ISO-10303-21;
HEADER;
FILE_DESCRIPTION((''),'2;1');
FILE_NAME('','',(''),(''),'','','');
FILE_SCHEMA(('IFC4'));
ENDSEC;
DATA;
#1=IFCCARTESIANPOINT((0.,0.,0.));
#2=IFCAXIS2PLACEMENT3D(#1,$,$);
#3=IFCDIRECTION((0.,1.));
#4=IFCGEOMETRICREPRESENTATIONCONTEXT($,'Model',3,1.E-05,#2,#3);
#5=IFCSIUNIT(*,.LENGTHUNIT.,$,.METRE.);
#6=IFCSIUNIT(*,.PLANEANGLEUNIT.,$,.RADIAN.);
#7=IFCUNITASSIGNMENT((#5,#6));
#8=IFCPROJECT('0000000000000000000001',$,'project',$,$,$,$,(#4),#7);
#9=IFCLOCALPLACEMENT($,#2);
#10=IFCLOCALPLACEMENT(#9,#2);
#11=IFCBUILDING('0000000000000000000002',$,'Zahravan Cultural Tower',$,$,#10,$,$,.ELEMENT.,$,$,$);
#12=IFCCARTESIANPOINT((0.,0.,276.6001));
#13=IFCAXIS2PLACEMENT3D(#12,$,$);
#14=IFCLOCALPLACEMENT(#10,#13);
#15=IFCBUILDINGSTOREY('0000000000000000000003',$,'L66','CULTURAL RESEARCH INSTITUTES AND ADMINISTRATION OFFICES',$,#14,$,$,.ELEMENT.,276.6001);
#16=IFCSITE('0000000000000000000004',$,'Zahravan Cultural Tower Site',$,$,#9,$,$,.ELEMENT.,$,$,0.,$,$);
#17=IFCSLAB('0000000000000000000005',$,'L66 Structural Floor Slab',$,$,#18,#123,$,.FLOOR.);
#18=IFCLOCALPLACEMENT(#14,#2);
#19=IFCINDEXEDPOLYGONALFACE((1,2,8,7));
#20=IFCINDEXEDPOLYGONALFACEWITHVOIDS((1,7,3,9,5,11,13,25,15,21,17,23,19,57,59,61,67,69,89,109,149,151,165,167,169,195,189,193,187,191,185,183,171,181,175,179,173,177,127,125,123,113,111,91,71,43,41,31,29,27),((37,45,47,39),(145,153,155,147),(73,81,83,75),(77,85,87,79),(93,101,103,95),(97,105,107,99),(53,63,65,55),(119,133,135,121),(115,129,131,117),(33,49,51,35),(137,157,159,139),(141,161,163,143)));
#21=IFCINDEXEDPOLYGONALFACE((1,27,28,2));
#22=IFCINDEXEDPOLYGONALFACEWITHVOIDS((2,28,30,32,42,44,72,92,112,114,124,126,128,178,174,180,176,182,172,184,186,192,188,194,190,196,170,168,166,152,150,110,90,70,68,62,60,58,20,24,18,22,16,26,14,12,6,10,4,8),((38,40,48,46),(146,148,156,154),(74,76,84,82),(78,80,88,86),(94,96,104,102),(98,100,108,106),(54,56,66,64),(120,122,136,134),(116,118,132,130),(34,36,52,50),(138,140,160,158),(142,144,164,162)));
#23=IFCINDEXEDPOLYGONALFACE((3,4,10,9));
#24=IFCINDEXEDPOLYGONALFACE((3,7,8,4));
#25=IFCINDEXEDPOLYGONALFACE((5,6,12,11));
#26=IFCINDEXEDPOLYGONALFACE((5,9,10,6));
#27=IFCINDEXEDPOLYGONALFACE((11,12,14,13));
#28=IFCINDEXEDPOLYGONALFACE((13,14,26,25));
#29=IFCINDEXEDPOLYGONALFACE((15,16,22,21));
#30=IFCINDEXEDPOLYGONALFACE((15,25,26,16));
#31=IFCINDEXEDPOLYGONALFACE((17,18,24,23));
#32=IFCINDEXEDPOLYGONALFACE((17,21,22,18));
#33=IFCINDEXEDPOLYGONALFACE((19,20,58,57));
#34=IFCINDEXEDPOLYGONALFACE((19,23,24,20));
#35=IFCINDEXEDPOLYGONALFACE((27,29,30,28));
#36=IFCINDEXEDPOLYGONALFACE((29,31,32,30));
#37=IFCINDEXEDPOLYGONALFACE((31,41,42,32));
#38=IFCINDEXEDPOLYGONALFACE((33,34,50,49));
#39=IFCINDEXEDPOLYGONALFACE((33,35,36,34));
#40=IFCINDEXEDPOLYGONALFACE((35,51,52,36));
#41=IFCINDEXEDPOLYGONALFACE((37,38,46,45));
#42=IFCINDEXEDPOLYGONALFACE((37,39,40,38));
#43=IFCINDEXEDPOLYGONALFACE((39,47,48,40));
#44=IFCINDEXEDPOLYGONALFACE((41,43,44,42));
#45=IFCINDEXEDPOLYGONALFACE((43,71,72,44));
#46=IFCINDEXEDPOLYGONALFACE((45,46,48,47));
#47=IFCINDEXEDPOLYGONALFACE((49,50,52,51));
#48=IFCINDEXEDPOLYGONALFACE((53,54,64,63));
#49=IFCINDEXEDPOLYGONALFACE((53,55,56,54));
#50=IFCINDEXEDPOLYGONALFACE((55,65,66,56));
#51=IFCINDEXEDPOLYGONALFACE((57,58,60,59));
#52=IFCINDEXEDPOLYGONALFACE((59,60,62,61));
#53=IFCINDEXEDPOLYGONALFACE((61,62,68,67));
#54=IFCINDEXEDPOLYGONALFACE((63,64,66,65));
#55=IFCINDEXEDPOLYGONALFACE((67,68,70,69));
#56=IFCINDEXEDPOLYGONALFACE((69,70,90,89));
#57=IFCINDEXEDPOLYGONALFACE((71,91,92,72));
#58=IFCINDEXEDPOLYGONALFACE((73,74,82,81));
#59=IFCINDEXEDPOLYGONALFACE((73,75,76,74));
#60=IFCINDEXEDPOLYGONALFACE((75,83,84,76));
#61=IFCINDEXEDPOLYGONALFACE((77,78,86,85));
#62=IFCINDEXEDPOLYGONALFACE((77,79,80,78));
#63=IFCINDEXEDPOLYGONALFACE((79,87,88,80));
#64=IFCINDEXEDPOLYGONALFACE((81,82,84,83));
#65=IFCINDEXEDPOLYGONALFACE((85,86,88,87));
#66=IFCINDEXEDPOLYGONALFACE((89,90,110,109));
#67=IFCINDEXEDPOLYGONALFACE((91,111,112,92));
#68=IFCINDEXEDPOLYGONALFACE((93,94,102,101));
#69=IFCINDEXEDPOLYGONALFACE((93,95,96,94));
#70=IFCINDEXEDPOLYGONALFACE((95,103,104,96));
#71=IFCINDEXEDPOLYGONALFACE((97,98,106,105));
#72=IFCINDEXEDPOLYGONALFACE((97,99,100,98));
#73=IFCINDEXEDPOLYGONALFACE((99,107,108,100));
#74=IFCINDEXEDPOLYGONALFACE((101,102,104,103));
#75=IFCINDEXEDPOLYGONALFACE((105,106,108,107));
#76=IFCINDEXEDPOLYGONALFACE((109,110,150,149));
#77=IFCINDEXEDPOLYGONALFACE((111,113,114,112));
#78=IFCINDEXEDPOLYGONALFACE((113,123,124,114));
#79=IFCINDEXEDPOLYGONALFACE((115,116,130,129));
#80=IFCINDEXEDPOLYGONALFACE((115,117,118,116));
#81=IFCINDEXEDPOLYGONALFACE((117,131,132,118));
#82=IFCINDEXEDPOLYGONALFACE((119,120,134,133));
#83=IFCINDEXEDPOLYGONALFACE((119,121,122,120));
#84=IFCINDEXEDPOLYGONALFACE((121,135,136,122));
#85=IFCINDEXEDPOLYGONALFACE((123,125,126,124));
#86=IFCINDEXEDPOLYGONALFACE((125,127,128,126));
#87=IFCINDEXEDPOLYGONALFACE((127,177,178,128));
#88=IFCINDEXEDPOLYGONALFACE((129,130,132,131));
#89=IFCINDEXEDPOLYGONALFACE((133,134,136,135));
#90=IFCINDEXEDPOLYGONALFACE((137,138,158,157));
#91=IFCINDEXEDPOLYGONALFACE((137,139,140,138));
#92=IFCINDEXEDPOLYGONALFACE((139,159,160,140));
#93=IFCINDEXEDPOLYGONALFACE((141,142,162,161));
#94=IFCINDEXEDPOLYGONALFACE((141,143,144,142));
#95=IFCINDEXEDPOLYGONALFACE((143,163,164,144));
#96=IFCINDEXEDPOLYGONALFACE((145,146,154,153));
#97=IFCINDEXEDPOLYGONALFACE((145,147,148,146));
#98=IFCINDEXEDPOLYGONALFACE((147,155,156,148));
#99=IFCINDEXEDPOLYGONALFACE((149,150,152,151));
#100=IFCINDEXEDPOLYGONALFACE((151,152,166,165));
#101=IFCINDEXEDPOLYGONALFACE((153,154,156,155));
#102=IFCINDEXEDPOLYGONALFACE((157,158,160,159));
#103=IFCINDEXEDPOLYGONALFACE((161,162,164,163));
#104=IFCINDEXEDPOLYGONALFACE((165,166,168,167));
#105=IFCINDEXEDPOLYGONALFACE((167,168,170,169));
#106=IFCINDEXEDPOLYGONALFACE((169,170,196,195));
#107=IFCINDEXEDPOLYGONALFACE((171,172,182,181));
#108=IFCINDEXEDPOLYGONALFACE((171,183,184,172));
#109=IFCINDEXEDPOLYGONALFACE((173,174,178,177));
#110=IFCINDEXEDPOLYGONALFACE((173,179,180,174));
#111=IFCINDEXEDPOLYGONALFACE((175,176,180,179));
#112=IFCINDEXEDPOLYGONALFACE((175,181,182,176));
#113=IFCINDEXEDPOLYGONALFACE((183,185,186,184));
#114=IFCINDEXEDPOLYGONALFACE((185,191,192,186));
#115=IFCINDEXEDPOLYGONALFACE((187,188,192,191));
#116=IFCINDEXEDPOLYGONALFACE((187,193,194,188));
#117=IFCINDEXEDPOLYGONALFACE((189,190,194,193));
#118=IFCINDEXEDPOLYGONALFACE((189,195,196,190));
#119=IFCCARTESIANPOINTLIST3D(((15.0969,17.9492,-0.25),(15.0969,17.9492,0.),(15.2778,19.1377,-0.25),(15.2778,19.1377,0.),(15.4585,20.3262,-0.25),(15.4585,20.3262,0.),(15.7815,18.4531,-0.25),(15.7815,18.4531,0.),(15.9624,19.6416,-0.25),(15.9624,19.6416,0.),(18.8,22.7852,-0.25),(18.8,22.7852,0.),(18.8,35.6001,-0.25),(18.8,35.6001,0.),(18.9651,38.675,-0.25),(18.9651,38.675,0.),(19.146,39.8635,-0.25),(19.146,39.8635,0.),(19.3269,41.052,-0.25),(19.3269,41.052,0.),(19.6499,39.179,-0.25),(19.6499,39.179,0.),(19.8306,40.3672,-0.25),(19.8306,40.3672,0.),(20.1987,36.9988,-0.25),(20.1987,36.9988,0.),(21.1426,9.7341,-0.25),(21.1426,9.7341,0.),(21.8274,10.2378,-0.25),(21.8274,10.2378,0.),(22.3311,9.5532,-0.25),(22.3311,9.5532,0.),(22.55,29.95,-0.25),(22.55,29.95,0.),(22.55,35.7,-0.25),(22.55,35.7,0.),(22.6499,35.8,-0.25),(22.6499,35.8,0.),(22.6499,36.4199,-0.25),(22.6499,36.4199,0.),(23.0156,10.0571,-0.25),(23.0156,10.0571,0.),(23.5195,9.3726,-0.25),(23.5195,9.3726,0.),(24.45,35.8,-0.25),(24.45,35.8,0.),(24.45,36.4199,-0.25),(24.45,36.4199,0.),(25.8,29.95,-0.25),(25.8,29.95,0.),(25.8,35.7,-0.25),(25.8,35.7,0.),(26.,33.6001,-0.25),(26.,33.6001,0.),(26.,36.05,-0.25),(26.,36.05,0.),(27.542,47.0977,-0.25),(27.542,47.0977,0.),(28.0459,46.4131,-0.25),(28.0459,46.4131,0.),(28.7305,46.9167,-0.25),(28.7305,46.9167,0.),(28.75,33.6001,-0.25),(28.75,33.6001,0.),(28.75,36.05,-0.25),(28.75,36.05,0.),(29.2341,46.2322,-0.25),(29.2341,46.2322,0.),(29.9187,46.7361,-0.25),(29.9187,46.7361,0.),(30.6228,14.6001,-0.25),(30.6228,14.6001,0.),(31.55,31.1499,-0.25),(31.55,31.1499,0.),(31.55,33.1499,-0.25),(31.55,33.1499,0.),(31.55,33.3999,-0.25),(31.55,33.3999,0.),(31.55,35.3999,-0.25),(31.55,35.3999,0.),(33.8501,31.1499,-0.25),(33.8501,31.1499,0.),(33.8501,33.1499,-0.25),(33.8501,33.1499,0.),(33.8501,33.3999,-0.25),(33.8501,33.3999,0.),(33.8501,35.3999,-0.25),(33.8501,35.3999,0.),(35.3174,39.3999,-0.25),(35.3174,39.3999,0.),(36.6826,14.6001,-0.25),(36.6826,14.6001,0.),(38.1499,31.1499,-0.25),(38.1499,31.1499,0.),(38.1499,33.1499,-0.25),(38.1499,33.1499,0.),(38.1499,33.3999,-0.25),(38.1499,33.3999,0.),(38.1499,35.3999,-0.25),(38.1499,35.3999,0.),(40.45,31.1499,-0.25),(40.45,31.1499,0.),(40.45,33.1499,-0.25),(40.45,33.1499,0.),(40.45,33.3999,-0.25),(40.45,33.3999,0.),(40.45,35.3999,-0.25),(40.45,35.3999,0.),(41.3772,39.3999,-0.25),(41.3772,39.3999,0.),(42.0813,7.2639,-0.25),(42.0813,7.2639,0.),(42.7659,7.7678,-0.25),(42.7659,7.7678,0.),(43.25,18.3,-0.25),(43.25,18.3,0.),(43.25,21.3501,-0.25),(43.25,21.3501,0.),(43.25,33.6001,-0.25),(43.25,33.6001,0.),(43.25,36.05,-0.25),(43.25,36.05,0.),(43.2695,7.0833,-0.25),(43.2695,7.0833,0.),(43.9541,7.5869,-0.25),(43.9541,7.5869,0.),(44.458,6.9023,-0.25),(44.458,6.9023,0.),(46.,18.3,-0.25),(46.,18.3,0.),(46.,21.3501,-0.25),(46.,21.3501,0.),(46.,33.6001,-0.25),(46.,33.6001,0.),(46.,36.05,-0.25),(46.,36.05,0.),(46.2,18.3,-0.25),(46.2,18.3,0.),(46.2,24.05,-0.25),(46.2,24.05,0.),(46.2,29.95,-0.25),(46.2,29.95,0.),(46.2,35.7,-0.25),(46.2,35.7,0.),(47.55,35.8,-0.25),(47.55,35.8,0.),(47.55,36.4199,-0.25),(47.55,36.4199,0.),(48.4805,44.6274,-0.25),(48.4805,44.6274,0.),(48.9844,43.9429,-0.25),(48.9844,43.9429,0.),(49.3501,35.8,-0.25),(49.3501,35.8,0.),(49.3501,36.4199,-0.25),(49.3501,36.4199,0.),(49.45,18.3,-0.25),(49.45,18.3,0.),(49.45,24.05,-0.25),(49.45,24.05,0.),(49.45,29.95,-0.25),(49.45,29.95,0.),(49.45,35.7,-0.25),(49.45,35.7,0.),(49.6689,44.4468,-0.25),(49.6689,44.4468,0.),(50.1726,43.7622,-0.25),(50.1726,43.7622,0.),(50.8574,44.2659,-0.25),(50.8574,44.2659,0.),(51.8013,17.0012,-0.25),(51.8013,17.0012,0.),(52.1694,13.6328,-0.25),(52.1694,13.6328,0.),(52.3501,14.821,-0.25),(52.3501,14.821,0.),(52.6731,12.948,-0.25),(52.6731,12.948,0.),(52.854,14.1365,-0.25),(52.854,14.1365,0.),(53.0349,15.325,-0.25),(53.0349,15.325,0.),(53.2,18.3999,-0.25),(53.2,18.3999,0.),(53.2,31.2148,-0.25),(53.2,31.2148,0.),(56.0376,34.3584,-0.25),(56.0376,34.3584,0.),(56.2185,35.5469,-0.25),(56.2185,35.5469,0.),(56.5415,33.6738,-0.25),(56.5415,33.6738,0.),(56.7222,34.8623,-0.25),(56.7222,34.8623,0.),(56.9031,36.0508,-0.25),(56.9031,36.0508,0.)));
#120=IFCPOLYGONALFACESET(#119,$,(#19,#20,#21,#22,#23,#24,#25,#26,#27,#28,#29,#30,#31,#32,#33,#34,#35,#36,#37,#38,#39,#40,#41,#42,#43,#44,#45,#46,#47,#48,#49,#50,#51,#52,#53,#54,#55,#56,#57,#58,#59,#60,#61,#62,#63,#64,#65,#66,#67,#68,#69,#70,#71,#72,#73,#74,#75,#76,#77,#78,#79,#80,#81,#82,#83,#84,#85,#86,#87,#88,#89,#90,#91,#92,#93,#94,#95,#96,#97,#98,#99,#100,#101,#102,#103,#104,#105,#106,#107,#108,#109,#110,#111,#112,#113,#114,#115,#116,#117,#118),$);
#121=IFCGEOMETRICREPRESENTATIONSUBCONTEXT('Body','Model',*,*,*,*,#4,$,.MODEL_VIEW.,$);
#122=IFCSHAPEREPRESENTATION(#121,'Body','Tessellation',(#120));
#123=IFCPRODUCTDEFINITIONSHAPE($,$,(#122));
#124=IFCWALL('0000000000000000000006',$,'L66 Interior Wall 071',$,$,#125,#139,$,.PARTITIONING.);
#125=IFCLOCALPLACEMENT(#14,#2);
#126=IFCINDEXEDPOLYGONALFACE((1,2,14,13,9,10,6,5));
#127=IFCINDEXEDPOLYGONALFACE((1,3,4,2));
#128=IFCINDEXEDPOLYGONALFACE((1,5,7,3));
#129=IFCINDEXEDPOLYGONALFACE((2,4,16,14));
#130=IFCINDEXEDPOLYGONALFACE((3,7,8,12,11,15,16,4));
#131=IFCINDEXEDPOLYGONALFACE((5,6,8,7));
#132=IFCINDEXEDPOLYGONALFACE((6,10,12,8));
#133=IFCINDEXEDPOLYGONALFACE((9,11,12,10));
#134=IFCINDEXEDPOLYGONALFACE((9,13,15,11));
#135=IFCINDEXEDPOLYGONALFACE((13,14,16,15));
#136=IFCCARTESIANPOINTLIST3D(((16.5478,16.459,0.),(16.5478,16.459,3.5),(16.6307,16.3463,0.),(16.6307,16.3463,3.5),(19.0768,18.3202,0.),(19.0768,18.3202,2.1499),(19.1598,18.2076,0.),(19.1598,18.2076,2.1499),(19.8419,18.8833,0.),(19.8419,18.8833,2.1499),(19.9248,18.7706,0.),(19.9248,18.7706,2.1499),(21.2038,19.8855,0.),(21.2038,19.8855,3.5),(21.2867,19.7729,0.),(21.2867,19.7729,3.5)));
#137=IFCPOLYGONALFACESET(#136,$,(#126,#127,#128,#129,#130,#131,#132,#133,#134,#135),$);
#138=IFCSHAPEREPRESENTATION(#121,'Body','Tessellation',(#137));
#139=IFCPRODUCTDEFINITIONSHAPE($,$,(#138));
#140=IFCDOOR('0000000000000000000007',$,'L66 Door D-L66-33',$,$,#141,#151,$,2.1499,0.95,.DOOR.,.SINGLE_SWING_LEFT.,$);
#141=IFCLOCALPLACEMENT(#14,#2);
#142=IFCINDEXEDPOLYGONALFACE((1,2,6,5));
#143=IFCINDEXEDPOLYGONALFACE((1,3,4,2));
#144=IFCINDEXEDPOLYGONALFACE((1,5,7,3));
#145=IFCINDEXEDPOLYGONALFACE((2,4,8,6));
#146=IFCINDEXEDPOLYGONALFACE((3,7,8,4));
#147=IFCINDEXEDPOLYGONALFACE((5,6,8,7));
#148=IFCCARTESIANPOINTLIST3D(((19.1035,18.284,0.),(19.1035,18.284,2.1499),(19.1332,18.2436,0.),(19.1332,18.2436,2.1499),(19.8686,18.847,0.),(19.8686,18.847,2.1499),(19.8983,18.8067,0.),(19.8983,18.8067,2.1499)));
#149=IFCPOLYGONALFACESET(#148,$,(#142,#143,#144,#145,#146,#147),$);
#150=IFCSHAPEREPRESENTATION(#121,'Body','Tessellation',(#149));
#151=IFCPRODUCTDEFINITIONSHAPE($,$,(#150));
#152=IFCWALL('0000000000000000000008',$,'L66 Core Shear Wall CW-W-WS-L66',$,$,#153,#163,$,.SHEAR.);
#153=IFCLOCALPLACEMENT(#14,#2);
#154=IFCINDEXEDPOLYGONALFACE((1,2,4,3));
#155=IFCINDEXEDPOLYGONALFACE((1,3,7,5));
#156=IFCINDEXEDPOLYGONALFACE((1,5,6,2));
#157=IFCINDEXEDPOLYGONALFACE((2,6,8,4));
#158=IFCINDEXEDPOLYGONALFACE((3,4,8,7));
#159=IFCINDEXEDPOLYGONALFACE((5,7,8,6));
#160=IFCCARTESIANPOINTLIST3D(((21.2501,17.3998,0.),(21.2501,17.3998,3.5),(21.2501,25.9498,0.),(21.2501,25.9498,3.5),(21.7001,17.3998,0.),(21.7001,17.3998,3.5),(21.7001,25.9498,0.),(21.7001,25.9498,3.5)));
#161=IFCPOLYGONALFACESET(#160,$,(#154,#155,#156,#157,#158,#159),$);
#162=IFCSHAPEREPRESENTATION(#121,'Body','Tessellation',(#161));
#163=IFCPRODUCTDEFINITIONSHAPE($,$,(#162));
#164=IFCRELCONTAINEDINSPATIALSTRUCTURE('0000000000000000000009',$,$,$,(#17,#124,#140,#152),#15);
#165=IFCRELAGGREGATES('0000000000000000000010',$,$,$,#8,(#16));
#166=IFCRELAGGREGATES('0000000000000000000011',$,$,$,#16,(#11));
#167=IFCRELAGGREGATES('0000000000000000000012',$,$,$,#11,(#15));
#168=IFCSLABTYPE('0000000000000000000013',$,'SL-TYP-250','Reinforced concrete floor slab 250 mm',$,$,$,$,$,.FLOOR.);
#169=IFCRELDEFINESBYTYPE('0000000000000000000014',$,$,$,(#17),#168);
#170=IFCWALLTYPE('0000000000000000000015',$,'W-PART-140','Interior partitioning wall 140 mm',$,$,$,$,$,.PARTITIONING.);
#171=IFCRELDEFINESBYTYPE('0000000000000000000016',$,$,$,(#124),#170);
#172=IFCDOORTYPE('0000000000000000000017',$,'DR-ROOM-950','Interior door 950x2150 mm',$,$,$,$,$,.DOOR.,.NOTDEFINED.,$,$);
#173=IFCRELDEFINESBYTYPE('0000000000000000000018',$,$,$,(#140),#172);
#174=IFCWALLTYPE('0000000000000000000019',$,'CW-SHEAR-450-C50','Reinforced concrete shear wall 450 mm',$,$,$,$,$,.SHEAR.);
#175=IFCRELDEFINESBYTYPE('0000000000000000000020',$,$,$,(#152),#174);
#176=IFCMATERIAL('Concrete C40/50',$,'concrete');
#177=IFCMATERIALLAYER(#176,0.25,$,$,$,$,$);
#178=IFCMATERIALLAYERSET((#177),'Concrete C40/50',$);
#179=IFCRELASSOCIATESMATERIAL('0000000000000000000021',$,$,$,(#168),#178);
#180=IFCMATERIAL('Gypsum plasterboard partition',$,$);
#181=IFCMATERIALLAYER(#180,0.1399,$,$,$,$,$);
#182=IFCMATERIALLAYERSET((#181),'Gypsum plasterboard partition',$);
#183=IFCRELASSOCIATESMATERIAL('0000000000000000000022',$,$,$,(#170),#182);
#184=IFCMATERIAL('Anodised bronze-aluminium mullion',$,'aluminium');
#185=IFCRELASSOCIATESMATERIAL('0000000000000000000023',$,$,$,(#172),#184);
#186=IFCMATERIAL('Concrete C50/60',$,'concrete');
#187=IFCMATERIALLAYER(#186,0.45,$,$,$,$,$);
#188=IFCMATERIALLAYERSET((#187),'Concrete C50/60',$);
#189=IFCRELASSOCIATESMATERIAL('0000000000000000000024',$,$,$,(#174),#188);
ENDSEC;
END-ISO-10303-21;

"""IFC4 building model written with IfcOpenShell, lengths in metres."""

from ifc_helpers import new_model, si_unit, direction, frame, frame_2d, origin, place, context, subcontext, project, spatial, polyline, rectangle, outline, extrude, source, transform, mapped, material, layer, layer_set, type_object, element, fill, save


model = new_model("IFC4")

# Units and contexts
model_context = context("Model", 3, precision=1e-05, world=origin(), true_north=direction((0.0, 1.0)))
body_context = subcontext(model_context, "Body", "Model", "MODEL_VIEW")
ifc_project = project(units=[si_unit("LENGTHUNIT", "METRE"), si_unit("PLANEANGLEUNIT", "RADIAN")], contexts=[model_context])

# Site, building, storey
site_placement = place(None, origin())
site = spatial("IfcSite", under=ifc_project, at=site_placement, Name="Zahravan Cultural Tower Site", CompositionType="ELEMENT", RefElevation=0.0)
building_placement = place(site_placement, origin())
building = spatial("IfcBuilding", under=site, at=building_placement, Name="Zahravan Cultural Tower", CompositionType="ELEMENT")
storey_placement = place(building_placement, frame((0.0, 0.0, 276.6001)))
storey = spatial("IfcBuildingStorey", under=building, at=storey_placement, Name="L66", Description="CULTURAL RESEARCH INSTITUTES AND ADMINISTRATION OFFICES", CompositionType="ELEMENT", Elevation=276.6001)

# Shared definitions
ifc_material_1 = material(Name="Concrete C50/60", Category="concrete")

# Slab
ifc_material_2 = material(Name="Concrete C40/50", Category="concrete")
ifc_layer_1 = layer(ifc_material_2, 0.25)
ifc_layer_set_1 = layer_set([ifc_layer_1], Name="Concrete C40/50")
slab_type_1 = type_object("IfcSlabType", Name="SL-TYP-250", Description="Reinforced concrete floor slab 250 mm", PredefinedType="FLOOR", material=ifc_layer_set_1)
slab_1_placement = place(storey_placement, frame((0.0, 0.0, -0.25)))
element("IfcSlab", 1, at=slab_1_placement, inside=storey, type_object=slab_type_1, Name="L66 Structural Floor Slab", PredefinedType="FLOOR", context=body_context, shape_type="SweptSolid", body=[
    extrude(outline(polyline([(41.3772, 39.3999), (35.3174, 39.3999), (29.9187, 46.7361), (29.2341, 46.2322), (28.7305, 46.9167), (28.0459, 46.4131), (27.542, 47.0977), (19.3269, 41.052), (19.8306, 40.3672), (19.146, 39.8635), (19.6499, 39.179), (18.9651, 38.675), (20.1987, 36.9988), (18.8, 35.6001), (18.8, 22.7852), (15.4585, 20.3262), (15.9624, 19.6416), (15.2778, 19.1377), (15.7815, 18.4531), (15.0969, 17.9492), (21.1426, 9.7341), (21.8274, 10.2378), (22.3311, 9.5532), (23.0156, 10.0571), (23.5195, 9.3726), (30.6228, 14.6001), (36.6826, 14.6001), (42.0813, 7.2639), (42.7659, 7.7678), (43.2695, 7.0833), (43.9541, 7.5869), (44.458, 6.9023), (52.6731, 12.948), (52.1694, 13.6328), (52.854, 14.1365), (52.3501, 14.821), (53.0349, 15.325), (51.8013, 17.0012), (53.2, 18.3999), (53.2, 31.2148), (56.5415, 33.6738), (56.0376, 34.3584), (56.7222, 34.8623), (56.2185, 35.5469), (56.9031, 36.0508), (50.8574, 44.2659), (50.1726, 43.7622), (49.6689, 44.4468), (48.9844, 43.9429), (48.4805, 44.6274), (41.3772, 39.3999)]), holes=[polyline([(22.55, 29.95), (22.55, 35.7), (25.8, 35.7), (25.8, 29.95), (22.55, 29.95)]), polyline([(46.2, 29.95), (46.2, 35.7), (49.45, 35.7), (49.45, 29.95), (46.2, 29.95)]), polyline([(46.2, 18.3), (46.2, 24.05), (49.45, 24.05), (49.45, 18.3), (46.2, 18.3)]), polyline([(26.0, 33.6001), (26.0, 36.05), (28.75, 36.05), (28.75, 33.6001), (26.0, 33.6001)]), polyline([(43.25, 33.6001), (43.25, 36.05), (46.0, 36.05), (46.0, 33.6001), (43.25, 33.6001)]), polyline([(43.25, 18.3), (43.25, 21.3501), (46.0, 21.3501), (46.0, 18.3), (43.25, 18.3)]), polyline([(31.55, 33.3999), (31.55, 35.3999), (33.8501, 35.3999), (33.8501, 33.3999), (31.55, 33.3999)]), polyline([(31.55, 31.1499), (31.55, 33.1499), (33.8501, 33.1499), (33.8501, 31.1499), (31.55, 31.1499)]), polyline([(38.1499, 33.3999), (38.1499, 35.3999), (40.45, 35.3999), (40.45, 33.3999), (38.1499, 33.3999)]), polyline([(38.1499, 31.1499), (38.1499, 33.1499), (40.45, 33.1499), (40.45, 31.1499), (38.1499, 31.1499)]), polyline([(22.6499, 35.8), (22.6499, 36.4199), (24.45, 36.4199), (24.45, 35.8), (22.6499, 35.8)]), polyline([(47.55, 35.8), (47.55, 36.4199), (49.3501, 36.4199), (49.3501, 35.8), (47.55, 35.8)])]), origin(), (0.0, 0.0, 1.0), 0.25),
])

# Wall, opening, door
ifc_material_3 = material(Name="Gypsum plasterboard partition")
ifc_layer_2 = layer(ifc_material_3, 0.1399)
ifc_layer_set_2 = layer_set([ifc_layer_2], Name="Gypsum plasterboard partition")
wall_type_1 = type_object("IfcWallType", Name="W-PART-140", Description="Interior partitioning wall 140 mm", PredefinedType="PARTITIONING", material=ifc_layer_set_2)
wall_1_placement = place(storey_placement, frame((16.5891, 16.4026, 0.0), z_axis=(0.0, 0.0, 1.0), x_axis=(0.805405, 0.592725, 0.0)))
wall_1 = element("IfcWall", 2, at=wall_1_placement, inside=storey, type_object=wall_type_1, Name="L66 Interior Wall 071", PredefinedType="PARTITIONING", context=body_context, shape_type="SweptSolid", body=[
    extrude(rectangle(XDim=5.781, YDim=0.1399, at=frame_2d((2.8906, 0.0))), origin(), (0.0, 0.0, 1.0), 3.5),
])
opening_placement = place(wall_1_placement, frame((3.1401, 0.0, 0.0)))
opening = element("IfcOpeningElement", 3, at=opening_placement, cuts=wall_1, PredefinedType="OPENING", context=body_context, shape_type="SweptSolid", body=[
    extrude(rectangle(XDim=0.95, YDim=2.1499, at=frame_2d((0.4751, 1.075))), frame((0.0, 0.0798, 0.0), z_axis=(0.0, -1.0, 0.0), x_axis=(1.0, 0.0, 0.0)), (0.0, 0.0, 1.0), 0.1599),
])
ifc_material_4 = material(Name="Anodised bronze-aluminium mullion", Category="aluminium")
door_type = type_object("IfcDoorType", Name="DR-ROOM-950", Description="Interior door 950x2150 mm", OperationType="NOTDEFINED", PredefinedType="DOOR", material=ifc_material_4)
shared_shape_1 = source(origin(), body_context, "Body", "SweptSolid", [
    extrude(rectangle(XDim=0.95, YDim=2.1499, at=frame_2d((0.4751, 1.075))), frame((0.0, 0.0249, 0.0), z_axis=(0.0, -1.0, 0.0), x_axis=(1.0, 0.0, 0.0)), (0.0, 0.0, 1.0), 0.05),
])
door_placement = place(opening_placement, origin())
door = element("IfcDoor", 4, at=door_placement, inside=storey, type_object=door_type, Name="L66 Door D-L66-33", OperationType="SINGLE_SWING_LEFT", OverallHeight=2.1499, OverallWidth=0.95, PredefinedType="DOOR", context=body_context, shape_type="MappedRepresentation", body=[
    mapped(shared_shape_1, transform((0.0, 0.0, 0.0), x_axis=(1.0, 0.0, 0.0), y_axis=(0.0, 1.0, 0.0), z_axis=(0.0, 0.0, 1.0), scale=1.0)),
])
fill(opening, door)

# Wall
ifc_layer_3 = layer(ifc_material_1, 0.45)
ifc_layer_set_3 = layer_set([ifc_layer_3], Name="Concrete C50/60")
wall_type_2 = type_object("IfcWallType", Name="CW-SHEAR-450-C50", Description="Reinforced concrete shear wall 450 mm", PredefinedType="SHEAR", material=ifc_layer_set_3)
shared_shape_2 = source(origin(), body_context, "Body", "SweptSolid", [
    extrude(rectangle(XDim=8.55, YDim=0.45, at=frame_2d((4.2749, 0.0))), origin(), (0.0, 0.0, 1.0), 3.5),
])
wall_2_placement = place(storey_placement, frame((21.4751, 17.3999, 0.0), z_axis=(0.0, 0.0, 1.0), x_axis=(0.0, 1.0, 0.0)))
element("IfcWall", 5, at=wall_2_placement, inside=storey, type_object=wall_type_2, Name="L66 Core Shear Wall CW-W-WS-L66", PredefinedType="SHEAR", context=body_context, shape_type="MappedRepresentation", body=[
    mapped(shared_shape_2, transform((0.0, 0.0, 0.0), x_axis=(1.0, 0.0, 0.0), y_axis=(0.0, 1.0, 0.0), z_axis=(0.0, 0.0, 1.0), scale=1.0)),
])

save(model, "model.ifc")
